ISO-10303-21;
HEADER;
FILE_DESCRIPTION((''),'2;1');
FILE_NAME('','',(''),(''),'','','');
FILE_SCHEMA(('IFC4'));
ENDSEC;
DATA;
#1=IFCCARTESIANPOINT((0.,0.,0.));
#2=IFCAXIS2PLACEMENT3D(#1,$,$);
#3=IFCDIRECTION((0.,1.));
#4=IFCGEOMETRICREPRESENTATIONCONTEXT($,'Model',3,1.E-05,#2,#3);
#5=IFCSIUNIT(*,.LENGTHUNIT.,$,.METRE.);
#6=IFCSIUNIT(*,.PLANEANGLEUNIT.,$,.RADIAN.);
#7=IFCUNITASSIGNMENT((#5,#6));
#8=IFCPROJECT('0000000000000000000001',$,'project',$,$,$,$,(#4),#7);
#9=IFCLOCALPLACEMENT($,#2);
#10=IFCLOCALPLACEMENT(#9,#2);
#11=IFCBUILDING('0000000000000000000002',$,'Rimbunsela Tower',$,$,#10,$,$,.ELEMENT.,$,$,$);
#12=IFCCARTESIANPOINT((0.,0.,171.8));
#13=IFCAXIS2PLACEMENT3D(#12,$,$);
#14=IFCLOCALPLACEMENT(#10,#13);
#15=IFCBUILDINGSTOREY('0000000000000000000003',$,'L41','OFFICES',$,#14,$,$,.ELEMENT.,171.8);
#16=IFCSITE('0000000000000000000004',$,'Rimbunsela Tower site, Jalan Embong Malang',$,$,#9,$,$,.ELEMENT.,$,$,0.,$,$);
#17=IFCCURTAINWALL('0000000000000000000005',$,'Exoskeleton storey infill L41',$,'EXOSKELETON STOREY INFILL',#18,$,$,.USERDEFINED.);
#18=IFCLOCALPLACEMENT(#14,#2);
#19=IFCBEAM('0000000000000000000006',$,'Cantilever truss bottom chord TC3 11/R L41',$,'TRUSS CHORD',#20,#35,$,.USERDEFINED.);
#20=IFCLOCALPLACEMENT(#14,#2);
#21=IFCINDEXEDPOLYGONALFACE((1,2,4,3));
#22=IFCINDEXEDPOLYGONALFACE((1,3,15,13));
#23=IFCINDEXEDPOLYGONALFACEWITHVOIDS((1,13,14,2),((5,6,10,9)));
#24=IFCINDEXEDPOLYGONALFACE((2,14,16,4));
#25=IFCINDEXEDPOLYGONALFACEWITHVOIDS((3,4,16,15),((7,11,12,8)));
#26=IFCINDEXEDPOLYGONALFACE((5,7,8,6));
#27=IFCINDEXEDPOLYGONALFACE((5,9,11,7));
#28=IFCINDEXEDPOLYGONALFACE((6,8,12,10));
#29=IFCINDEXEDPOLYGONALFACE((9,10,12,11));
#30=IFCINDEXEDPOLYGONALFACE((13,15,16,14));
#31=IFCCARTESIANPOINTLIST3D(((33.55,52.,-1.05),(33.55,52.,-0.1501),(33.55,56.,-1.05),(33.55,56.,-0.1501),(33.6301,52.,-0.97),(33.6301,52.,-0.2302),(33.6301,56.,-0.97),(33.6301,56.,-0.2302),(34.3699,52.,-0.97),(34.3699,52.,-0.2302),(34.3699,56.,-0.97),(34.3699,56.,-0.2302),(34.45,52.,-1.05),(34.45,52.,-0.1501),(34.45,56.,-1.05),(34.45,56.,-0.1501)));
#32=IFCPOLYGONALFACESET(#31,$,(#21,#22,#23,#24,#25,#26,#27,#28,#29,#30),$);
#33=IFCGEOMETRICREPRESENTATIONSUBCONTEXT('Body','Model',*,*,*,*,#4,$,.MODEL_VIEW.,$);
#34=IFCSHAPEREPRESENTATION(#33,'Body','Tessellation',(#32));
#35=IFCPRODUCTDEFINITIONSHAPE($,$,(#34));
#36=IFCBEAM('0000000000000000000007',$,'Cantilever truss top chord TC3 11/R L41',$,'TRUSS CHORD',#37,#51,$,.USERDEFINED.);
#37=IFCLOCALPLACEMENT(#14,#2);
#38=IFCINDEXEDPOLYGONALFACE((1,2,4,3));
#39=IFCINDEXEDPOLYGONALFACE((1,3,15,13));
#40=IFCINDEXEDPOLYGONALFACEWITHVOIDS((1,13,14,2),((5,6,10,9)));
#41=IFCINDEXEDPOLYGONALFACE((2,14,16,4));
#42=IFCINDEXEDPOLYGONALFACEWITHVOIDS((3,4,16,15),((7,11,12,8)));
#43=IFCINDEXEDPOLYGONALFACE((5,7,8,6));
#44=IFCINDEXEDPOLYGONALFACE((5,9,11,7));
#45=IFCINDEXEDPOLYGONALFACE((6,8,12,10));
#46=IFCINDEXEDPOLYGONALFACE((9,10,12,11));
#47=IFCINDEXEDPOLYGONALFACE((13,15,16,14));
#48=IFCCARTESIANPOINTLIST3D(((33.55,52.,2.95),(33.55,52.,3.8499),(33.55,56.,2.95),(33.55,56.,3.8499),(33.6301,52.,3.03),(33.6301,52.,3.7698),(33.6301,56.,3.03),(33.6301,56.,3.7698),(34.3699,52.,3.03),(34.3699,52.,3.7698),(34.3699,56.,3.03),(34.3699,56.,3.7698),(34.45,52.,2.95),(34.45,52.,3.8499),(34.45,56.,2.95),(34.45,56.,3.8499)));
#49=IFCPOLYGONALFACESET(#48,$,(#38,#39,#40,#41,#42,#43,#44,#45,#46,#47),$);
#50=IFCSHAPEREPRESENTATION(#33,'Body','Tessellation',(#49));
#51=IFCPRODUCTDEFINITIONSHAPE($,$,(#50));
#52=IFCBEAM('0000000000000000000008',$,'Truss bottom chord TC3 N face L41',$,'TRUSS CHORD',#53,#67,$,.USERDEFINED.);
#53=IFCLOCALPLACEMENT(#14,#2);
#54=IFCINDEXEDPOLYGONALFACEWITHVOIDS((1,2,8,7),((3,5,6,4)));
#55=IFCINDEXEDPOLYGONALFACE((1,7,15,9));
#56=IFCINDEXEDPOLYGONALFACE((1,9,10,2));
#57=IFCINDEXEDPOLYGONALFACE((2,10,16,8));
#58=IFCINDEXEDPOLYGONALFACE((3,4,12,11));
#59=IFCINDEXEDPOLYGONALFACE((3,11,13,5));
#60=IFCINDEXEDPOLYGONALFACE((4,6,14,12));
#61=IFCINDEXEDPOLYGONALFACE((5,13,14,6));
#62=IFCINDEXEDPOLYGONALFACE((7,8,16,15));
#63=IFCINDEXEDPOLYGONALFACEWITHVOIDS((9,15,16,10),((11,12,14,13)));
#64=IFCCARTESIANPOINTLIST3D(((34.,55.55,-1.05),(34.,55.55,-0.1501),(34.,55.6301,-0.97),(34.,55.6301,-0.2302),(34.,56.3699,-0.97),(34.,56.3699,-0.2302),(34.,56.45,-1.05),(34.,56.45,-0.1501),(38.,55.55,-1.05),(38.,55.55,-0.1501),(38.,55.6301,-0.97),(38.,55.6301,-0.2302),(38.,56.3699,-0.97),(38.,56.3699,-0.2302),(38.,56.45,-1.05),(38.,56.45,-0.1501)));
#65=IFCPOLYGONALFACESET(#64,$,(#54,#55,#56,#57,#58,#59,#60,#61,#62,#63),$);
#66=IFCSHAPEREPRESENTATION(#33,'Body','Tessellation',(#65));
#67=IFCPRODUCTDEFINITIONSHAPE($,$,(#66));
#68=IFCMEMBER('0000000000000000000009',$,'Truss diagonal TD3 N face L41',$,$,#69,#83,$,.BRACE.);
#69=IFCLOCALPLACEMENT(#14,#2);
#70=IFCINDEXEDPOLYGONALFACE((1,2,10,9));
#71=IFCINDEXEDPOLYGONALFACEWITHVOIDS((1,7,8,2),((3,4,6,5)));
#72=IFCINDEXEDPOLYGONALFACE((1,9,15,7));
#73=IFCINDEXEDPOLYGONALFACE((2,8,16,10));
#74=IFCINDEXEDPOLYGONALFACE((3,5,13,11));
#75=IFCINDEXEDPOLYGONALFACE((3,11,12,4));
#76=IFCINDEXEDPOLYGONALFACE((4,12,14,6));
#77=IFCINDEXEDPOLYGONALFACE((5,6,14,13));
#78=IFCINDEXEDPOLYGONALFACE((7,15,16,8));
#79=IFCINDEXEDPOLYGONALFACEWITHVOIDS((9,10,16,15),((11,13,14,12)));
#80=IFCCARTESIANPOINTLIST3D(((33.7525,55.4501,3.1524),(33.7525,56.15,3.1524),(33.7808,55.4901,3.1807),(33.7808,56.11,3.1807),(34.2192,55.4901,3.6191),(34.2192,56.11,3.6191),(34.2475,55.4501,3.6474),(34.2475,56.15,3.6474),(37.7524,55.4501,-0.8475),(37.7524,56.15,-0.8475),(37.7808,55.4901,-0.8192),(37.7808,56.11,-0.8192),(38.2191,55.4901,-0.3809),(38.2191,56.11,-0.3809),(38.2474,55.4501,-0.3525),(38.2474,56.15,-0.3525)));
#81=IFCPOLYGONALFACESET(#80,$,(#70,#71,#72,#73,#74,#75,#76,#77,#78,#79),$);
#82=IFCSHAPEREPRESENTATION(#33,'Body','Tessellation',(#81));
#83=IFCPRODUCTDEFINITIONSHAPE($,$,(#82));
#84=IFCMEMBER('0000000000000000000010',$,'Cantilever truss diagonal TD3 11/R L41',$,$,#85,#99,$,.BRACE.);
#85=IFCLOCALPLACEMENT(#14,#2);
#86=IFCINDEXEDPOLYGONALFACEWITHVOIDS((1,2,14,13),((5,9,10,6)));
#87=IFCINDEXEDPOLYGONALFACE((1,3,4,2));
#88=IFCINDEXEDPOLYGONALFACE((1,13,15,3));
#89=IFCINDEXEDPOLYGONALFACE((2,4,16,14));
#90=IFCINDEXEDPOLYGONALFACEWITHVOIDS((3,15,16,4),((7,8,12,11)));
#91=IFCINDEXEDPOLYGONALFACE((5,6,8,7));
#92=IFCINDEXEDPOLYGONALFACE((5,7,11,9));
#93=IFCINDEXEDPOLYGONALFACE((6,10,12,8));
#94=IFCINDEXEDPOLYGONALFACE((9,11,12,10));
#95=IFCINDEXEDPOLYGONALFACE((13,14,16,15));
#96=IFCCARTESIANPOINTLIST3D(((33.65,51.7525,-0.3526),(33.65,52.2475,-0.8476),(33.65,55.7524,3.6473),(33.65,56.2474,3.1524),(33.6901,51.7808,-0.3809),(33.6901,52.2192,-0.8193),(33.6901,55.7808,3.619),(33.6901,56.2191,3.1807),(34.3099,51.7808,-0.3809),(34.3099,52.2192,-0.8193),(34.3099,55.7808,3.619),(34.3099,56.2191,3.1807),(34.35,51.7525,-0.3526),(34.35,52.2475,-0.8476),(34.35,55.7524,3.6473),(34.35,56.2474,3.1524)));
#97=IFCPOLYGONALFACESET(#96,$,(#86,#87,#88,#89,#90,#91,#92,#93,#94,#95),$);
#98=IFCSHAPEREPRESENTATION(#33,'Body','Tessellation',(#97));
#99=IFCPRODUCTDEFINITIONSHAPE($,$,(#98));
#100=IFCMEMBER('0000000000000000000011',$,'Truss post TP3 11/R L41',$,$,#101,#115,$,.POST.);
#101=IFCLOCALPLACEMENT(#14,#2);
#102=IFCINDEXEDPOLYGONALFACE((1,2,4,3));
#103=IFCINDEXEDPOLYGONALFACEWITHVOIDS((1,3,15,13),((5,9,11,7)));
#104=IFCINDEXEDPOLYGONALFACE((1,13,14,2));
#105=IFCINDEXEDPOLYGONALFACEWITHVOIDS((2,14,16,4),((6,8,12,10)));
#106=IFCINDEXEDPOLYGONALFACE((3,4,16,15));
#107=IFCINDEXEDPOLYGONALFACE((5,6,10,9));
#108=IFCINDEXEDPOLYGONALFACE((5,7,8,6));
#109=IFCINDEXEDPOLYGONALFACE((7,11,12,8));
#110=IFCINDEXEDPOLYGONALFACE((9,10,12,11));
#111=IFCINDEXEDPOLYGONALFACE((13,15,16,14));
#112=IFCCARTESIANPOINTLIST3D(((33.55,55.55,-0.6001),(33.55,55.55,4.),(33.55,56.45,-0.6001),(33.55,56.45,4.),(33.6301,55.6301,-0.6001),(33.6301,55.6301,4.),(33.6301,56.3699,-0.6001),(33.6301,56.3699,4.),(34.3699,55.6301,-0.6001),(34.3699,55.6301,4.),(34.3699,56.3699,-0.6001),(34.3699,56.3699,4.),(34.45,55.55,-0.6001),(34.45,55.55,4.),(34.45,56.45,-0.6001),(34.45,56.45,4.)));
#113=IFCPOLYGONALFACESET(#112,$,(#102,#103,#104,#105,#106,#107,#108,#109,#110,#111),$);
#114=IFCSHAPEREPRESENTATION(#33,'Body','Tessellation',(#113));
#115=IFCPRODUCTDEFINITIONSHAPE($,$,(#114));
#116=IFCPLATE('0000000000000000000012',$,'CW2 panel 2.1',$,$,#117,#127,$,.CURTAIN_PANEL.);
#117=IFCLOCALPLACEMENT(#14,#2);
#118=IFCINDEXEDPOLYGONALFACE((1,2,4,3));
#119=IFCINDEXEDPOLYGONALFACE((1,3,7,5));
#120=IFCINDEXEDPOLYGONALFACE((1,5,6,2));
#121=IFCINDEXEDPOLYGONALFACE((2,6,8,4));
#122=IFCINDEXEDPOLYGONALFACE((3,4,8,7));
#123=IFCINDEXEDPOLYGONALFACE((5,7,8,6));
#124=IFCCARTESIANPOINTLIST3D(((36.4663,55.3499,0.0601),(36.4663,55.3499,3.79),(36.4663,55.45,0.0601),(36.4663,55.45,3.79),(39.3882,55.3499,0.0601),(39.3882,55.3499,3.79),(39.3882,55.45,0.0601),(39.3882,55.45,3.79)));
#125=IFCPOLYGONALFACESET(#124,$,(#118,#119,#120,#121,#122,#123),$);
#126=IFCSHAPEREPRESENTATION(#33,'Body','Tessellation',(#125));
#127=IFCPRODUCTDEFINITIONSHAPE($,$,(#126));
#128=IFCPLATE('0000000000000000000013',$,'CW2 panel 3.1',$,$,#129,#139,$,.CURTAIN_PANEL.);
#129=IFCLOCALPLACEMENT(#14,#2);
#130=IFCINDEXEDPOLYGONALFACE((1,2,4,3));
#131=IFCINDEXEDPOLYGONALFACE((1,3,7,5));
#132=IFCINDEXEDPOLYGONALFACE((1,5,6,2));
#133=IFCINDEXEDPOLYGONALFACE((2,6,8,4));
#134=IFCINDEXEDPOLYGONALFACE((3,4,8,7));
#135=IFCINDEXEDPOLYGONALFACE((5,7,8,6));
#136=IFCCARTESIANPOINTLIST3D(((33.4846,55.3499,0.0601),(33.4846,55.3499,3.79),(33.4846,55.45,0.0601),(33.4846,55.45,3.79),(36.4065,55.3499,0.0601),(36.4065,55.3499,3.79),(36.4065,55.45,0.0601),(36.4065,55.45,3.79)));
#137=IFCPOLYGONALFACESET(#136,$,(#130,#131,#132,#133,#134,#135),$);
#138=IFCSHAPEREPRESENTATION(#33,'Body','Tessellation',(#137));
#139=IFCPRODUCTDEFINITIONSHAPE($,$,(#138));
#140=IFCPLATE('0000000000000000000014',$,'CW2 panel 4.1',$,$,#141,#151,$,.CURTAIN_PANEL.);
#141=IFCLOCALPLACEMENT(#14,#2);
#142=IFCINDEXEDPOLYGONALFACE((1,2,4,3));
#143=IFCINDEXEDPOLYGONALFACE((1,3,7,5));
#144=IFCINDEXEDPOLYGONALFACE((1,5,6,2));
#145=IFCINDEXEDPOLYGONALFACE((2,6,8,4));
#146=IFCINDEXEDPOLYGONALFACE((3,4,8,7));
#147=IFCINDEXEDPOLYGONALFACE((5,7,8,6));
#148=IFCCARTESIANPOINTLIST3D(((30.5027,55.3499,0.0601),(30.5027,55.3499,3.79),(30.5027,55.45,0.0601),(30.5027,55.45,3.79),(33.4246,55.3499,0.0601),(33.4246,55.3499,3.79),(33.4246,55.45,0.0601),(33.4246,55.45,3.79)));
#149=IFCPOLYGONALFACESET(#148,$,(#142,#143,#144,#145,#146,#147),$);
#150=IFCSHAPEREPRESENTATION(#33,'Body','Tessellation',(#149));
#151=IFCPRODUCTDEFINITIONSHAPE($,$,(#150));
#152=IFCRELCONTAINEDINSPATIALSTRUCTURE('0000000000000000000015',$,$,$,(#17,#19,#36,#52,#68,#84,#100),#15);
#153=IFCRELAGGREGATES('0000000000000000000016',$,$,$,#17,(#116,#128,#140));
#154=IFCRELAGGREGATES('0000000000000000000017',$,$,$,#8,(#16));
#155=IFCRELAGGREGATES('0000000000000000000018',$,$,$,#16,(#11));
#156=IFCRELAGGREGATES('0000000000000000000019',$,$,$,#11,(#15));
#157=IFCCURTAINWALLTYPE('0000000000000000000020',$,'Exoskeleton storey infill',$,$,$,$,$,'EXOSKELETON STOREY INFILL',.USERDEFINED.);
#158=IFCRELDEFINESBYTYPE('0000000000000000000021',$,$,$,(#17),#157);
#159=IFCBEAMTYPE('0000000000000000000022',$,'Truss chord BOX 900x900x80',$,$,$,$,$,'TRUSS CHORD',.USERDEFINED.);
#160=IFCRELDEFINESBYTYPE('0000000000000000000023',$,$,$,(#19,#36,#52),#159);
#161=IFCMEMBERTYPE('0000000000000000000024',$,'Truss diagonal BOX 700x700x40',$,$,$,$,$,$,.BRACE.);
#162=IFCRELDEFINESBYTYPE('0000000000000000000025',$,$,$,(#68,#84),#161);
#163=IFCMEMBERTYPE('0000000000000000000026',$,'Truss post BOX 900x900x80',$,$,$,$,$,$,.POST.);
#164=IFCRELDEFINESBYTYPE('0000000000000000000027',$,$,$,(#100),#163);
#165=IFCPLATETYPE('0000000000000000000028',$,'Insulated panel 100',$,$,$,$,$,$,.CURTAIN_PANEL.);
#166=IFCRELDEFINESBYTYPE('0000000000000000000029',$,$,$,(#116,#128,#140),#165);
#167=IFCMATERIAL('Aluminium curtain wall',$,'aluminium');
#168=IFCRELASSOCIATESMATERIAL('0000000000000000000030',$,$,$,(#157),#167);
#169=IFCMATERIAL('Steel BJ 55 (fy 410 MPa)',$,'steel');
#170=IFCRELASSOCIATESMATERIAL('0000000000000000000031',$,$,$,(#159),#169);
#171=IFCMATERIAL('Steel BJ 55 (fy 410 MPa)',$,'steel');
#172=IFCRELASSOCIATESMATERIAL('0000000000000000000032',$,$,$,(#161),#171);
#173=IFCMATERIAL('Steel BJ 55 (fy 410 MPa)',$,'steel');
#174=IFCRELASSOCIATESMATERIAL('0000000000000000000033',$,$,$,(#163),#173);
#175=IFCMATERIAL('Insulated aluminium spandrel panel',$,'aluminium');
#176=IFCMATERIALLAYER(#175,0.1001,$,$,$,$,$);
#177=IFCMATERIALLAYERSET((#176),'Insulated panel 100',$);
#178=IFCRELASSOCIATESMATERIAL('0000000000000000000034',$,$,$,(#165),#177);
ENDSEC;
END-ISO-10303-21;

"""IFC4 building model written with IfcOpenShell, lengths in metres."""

from ifc_helpers import new_model, si_unit, direction, frame, origin, origin_2d, place, context, subcontext, project, spatial, rectangle, hollow_rectangle, extrude, material, layer, layer_set, material_profile, profile_set, type_object, element, aggregate, save


model = new_model("IFC4")

# Units and contexts
model_context = context("Model", 3, precision=1e-05, world=origin(), true_north=direction((0.0, 1.0)))
body_context = subcontext(model_context, "Body", "Model", "MODEL_VIEW")
ifc_project = project(units=[si_unit("LENGTHUNIT", "METRE"), si_unit("PLANEANGLEUNIT", "RADIAN")], contexts=[model_context])

# Site, building, storey
site_placement = place(None, origin())
site = spatial("IfcSite", under=ifc_project, at=site_placement, Name="Rimbunsela Tower site, Jalan Embong Malang", CompositionType="ELEMENT", RefElevation=0.0)
building_placement = place(site_placement, origin())
building = spatial("IfcBuilding", under=site, at=building_placement, Name="Rimbunsela Tower", CompositionType="ELEMENT")
storey_placement = place(building_placement, frame((0.0, 0.0, 171.8)))
storey = spatial("IfcBuildingStorey", under=building, at=storey_placement, Name="L41", Description="OFFICES", CompositionType="ELEMENT", Elevation=171.8)

# Curtain wall
ifc_material_1 = material(Name="Aluminium curtain wall", Category="aluminium")
curtain_wall_type = type_object("IfcCurtainWallType", Name="Exoskeleton storey infill", ElementType="EXOSKELETON STOREY INFILL", PredefinedType="USERDEFINED", material=ifc_material_1)
curtain_wall_placement = place(storey_placement, origin())
curtain_wall = element("IfcCurtainWall", 1, at=curtain_wall_placement, inside=storey, type_object=curtain_wall_type, Name="Exoskeleton storey infill L41", ObjectType="EXOSKELETON STOREY INFILL", PredefinedType="USERDEFINED")

# Beams
ifc_material_2 = material(Name="Steel BJ 55 (fy 410 MPa)", Category="steel")
ifc_material_profile_1 = material_profile(ifc_material_2, hollow_rectangle(XDim=0.8999, YDim=0.8999, WallThickness=0.0801, at=origin_2d()), Name="BOX 900x900x80")
ifc_profile_set_1 = profile_set([ifc_material_profile_1], Name="Steel BJ 55 (fy 410 MPa)")
beam_type_1 = type_object("IfcBeamType", Name="Truss chord BOX 900x900x80", ElementType="TRUSS CHORD", PredefinedType="USERDEFINED", material=ifc_profile_set_1)
for number, where, z_axis, x_axis, name in (
    (2, (34.0, 52.0, -0.6001), (0.0, 1.0, 0.0), (-1.0, 0.0, 0.0), "Cantilever truss bottom chord TC3 11/R L41"),
    (3, (34.0, 52.0, 3.3999), (0.0, 1.0, 0.0), (-1.0, 0.0, 0.0), "Cantilever truss top chord TC3 11/R L41"),
    (4, (34.0, 56.0, -0.6001), (1.0, 0.0, 0.0), (0.0, 1.0, 0.0), "Truss bottom chord TC3 N face L41"),
):
    element("IfcBeam", number, at=place(storey_placement, frame(where, z_axis=z_axis, x_axis=x_axis)), inside=storey, type_object=beam_type_1, Name=name, ObjectType="TRUSS CHORD", PredefinedType="USERDEFINED", context=body_context, shape_type="SweptSolid", body=[
        extrude(hollow_rectangle(XDim=0.8999, YDim=0.8999, WallThickness=0.0801, at=origin_2d()), origin(), (0.0, 0.0, 1.0), 4.0),
    ])

# Members
ifc_material_3 = material(Name="Steel BJ 55 (fy 410 MPa)", Category="steel")
ifc_material_profile_2 = material_profile(ifc_material_3, hollow_rectangle(XDim=0.7, YDim=0.7, WallThickness=0.04, at=origin_2d()), Name="BOX 700x700x40")
ifc_profile_set_2 = profile_set([ifc_material_profile_2], Name="Steel BJ 55 (fy 410 MPa)")
member_type_1 = type_object("IfcMemberType", Name="Truss diagonal BOX 700x700x40", PredefinedType="BRACE", material=ifc_profile_set_2)
for number, where, z_axis, x_axis, name in (
    (5, (34.0, 55.8, 3.3999), (0.707107, 0.0, -0.707107), (0.0, 1.0, 0.0), "Truss diagonal TD3 N face L41"),
    (6, (34.0, 52.0, -0.6001), (0.0, 0.707107, 0.707107), (-1.0, 0.0, 0.0), "Cantilever truss diagonal TD3 11/R L41"),
):
    element("IfcMember", number, at=place(storey_placement, frame(where, z_axis=z_axis, x_axis=x_axis)), inside=storey, type_object=member_type_1, Name=name, PredefinedType="BRACE", context=body_context, shape_type="SweptSolid", body=[
        extrude(hollow_rectangle(XDim=0.7, YDim=0.7, WallThickness=0.04, at=origin_2d()), origin(), (0.0, 0.0, 1.0), 5.6567),
    ])
ifc_material_4 = material(Name="Steel BJ 55 (fy 410 MPa)", Category="steel")
ifc_material_profile_3 = material_profile(ifc_material_4, hollow_rectangle(XDim=0.8999, YDim=0.8999, WallThickness=0.0801, at=origin_2d()), Name="BOX 900x900x80")
ifc_profile_set_3 = profile_set([ifc_material_profile_3], Name="Steel BJ 55 (fy 410 MPa)")
member_type_2 = type_object("IfcMemberType", Name="Truss post BOX 900x900x80", PredefinedType="POST", material=ifc_profile_set_3)
member_1_placement = place(storey_placement, frame((34.0, 56.0, -0.6001), z_axis=(0.0, 0.0, 1.0), x_axis=(1.0, 0.0, 0.0)))
element("IfcMember", 7, at=member_1_placement, inside=storey, type_object=member_type_2, Name="Truss post TP3 11/R L41", PredefinedType="POST", context=body_context, shape_type="SweptSolid", body=[
    extrude(hollow_rectangle(XDim=0.8999, YDim=0.8999, WallThickness=0.0801, at=origin_2d()), origin(), (0.0, 0.0, 1.0), 4.6001),
])

# Plates
ifc_material_5 = material(Name="Insulated aluminium spandrel panel", Category="aluminium")
ifc_layer = layer(ifc_material_5, 0.1001)
ifc_layer_set = layer_set([ifc_layer], Name="Insulated panel 100")
plate_type = type_object("IfcPlateType", Name="Insulated panel 100", PredefinedType="CURTAIN_PANEL", material=ifc_layer_set)
plate_1_placement = place(storey_placement, frame((37.9272, 55.3999, 0.0601), z_axis=(0.0, 0.0, 1.0), x_axis=(-1.0, 0.0, 0.0)))
plate_1 = element("IfcPlate", 8, at=plate_1_placement, type_object=plate_type, Name="CW2 panel 2.1", PredefinedType="CURTAIN_PANEL", context=body_context, shape_type="SweptSolid", body=[
    extrude(rectangle(XDim=2.9219, YDim=0.1001, at=origin_2d()), origin(), (0.0, 0.0, 1.0), 3.73),
])
plate_2_placement = place(storey_placement, frame((34.9456, 55.3999, 0.0601), z_axis=(0.0, 0.0, 1.0), x_axis=(-1.0, 0.0, 0.0)))
plate_2 = element("IfcPlate", 9, at=plate_2_placement, type_object=plate_type, Name="CW2 panel 3.1", PredefinedType="CURTAIN_PANEL", context=body_context, shape_type="SweptSolid", body=[
    extrude(rectangle(XDim=2.9219, YDim=0.1001, at=origin_2d()), origin(), (0.0, 0.0, 1.0), 3.73),
])
plate_3_placement = place(storey_placement, frame((31.9636, 55.3999, 0.0601), z_axis=(0.0, 0.0, 1.0), x_axis=(-1.0, 0.0, 0.0)))
plate_3 = element("IfcPlate", 10, at=plate_3_placement, type_object=plate_type, Name="CW2 panel 4.1", PredefinedType="CURTAIN_PANEL", context=body_context, shape_type="SweptSolid", body=[
    extrude(rectangle(XDim=2.9219, YDim=0.1001, at=origin_2d()), origin(), (0.0, 0.0, 1.0), 3.73),
])
aggregate(curtain_wall, [plate_1, plate_2, plate_3])

save(model, "model.ifc")
